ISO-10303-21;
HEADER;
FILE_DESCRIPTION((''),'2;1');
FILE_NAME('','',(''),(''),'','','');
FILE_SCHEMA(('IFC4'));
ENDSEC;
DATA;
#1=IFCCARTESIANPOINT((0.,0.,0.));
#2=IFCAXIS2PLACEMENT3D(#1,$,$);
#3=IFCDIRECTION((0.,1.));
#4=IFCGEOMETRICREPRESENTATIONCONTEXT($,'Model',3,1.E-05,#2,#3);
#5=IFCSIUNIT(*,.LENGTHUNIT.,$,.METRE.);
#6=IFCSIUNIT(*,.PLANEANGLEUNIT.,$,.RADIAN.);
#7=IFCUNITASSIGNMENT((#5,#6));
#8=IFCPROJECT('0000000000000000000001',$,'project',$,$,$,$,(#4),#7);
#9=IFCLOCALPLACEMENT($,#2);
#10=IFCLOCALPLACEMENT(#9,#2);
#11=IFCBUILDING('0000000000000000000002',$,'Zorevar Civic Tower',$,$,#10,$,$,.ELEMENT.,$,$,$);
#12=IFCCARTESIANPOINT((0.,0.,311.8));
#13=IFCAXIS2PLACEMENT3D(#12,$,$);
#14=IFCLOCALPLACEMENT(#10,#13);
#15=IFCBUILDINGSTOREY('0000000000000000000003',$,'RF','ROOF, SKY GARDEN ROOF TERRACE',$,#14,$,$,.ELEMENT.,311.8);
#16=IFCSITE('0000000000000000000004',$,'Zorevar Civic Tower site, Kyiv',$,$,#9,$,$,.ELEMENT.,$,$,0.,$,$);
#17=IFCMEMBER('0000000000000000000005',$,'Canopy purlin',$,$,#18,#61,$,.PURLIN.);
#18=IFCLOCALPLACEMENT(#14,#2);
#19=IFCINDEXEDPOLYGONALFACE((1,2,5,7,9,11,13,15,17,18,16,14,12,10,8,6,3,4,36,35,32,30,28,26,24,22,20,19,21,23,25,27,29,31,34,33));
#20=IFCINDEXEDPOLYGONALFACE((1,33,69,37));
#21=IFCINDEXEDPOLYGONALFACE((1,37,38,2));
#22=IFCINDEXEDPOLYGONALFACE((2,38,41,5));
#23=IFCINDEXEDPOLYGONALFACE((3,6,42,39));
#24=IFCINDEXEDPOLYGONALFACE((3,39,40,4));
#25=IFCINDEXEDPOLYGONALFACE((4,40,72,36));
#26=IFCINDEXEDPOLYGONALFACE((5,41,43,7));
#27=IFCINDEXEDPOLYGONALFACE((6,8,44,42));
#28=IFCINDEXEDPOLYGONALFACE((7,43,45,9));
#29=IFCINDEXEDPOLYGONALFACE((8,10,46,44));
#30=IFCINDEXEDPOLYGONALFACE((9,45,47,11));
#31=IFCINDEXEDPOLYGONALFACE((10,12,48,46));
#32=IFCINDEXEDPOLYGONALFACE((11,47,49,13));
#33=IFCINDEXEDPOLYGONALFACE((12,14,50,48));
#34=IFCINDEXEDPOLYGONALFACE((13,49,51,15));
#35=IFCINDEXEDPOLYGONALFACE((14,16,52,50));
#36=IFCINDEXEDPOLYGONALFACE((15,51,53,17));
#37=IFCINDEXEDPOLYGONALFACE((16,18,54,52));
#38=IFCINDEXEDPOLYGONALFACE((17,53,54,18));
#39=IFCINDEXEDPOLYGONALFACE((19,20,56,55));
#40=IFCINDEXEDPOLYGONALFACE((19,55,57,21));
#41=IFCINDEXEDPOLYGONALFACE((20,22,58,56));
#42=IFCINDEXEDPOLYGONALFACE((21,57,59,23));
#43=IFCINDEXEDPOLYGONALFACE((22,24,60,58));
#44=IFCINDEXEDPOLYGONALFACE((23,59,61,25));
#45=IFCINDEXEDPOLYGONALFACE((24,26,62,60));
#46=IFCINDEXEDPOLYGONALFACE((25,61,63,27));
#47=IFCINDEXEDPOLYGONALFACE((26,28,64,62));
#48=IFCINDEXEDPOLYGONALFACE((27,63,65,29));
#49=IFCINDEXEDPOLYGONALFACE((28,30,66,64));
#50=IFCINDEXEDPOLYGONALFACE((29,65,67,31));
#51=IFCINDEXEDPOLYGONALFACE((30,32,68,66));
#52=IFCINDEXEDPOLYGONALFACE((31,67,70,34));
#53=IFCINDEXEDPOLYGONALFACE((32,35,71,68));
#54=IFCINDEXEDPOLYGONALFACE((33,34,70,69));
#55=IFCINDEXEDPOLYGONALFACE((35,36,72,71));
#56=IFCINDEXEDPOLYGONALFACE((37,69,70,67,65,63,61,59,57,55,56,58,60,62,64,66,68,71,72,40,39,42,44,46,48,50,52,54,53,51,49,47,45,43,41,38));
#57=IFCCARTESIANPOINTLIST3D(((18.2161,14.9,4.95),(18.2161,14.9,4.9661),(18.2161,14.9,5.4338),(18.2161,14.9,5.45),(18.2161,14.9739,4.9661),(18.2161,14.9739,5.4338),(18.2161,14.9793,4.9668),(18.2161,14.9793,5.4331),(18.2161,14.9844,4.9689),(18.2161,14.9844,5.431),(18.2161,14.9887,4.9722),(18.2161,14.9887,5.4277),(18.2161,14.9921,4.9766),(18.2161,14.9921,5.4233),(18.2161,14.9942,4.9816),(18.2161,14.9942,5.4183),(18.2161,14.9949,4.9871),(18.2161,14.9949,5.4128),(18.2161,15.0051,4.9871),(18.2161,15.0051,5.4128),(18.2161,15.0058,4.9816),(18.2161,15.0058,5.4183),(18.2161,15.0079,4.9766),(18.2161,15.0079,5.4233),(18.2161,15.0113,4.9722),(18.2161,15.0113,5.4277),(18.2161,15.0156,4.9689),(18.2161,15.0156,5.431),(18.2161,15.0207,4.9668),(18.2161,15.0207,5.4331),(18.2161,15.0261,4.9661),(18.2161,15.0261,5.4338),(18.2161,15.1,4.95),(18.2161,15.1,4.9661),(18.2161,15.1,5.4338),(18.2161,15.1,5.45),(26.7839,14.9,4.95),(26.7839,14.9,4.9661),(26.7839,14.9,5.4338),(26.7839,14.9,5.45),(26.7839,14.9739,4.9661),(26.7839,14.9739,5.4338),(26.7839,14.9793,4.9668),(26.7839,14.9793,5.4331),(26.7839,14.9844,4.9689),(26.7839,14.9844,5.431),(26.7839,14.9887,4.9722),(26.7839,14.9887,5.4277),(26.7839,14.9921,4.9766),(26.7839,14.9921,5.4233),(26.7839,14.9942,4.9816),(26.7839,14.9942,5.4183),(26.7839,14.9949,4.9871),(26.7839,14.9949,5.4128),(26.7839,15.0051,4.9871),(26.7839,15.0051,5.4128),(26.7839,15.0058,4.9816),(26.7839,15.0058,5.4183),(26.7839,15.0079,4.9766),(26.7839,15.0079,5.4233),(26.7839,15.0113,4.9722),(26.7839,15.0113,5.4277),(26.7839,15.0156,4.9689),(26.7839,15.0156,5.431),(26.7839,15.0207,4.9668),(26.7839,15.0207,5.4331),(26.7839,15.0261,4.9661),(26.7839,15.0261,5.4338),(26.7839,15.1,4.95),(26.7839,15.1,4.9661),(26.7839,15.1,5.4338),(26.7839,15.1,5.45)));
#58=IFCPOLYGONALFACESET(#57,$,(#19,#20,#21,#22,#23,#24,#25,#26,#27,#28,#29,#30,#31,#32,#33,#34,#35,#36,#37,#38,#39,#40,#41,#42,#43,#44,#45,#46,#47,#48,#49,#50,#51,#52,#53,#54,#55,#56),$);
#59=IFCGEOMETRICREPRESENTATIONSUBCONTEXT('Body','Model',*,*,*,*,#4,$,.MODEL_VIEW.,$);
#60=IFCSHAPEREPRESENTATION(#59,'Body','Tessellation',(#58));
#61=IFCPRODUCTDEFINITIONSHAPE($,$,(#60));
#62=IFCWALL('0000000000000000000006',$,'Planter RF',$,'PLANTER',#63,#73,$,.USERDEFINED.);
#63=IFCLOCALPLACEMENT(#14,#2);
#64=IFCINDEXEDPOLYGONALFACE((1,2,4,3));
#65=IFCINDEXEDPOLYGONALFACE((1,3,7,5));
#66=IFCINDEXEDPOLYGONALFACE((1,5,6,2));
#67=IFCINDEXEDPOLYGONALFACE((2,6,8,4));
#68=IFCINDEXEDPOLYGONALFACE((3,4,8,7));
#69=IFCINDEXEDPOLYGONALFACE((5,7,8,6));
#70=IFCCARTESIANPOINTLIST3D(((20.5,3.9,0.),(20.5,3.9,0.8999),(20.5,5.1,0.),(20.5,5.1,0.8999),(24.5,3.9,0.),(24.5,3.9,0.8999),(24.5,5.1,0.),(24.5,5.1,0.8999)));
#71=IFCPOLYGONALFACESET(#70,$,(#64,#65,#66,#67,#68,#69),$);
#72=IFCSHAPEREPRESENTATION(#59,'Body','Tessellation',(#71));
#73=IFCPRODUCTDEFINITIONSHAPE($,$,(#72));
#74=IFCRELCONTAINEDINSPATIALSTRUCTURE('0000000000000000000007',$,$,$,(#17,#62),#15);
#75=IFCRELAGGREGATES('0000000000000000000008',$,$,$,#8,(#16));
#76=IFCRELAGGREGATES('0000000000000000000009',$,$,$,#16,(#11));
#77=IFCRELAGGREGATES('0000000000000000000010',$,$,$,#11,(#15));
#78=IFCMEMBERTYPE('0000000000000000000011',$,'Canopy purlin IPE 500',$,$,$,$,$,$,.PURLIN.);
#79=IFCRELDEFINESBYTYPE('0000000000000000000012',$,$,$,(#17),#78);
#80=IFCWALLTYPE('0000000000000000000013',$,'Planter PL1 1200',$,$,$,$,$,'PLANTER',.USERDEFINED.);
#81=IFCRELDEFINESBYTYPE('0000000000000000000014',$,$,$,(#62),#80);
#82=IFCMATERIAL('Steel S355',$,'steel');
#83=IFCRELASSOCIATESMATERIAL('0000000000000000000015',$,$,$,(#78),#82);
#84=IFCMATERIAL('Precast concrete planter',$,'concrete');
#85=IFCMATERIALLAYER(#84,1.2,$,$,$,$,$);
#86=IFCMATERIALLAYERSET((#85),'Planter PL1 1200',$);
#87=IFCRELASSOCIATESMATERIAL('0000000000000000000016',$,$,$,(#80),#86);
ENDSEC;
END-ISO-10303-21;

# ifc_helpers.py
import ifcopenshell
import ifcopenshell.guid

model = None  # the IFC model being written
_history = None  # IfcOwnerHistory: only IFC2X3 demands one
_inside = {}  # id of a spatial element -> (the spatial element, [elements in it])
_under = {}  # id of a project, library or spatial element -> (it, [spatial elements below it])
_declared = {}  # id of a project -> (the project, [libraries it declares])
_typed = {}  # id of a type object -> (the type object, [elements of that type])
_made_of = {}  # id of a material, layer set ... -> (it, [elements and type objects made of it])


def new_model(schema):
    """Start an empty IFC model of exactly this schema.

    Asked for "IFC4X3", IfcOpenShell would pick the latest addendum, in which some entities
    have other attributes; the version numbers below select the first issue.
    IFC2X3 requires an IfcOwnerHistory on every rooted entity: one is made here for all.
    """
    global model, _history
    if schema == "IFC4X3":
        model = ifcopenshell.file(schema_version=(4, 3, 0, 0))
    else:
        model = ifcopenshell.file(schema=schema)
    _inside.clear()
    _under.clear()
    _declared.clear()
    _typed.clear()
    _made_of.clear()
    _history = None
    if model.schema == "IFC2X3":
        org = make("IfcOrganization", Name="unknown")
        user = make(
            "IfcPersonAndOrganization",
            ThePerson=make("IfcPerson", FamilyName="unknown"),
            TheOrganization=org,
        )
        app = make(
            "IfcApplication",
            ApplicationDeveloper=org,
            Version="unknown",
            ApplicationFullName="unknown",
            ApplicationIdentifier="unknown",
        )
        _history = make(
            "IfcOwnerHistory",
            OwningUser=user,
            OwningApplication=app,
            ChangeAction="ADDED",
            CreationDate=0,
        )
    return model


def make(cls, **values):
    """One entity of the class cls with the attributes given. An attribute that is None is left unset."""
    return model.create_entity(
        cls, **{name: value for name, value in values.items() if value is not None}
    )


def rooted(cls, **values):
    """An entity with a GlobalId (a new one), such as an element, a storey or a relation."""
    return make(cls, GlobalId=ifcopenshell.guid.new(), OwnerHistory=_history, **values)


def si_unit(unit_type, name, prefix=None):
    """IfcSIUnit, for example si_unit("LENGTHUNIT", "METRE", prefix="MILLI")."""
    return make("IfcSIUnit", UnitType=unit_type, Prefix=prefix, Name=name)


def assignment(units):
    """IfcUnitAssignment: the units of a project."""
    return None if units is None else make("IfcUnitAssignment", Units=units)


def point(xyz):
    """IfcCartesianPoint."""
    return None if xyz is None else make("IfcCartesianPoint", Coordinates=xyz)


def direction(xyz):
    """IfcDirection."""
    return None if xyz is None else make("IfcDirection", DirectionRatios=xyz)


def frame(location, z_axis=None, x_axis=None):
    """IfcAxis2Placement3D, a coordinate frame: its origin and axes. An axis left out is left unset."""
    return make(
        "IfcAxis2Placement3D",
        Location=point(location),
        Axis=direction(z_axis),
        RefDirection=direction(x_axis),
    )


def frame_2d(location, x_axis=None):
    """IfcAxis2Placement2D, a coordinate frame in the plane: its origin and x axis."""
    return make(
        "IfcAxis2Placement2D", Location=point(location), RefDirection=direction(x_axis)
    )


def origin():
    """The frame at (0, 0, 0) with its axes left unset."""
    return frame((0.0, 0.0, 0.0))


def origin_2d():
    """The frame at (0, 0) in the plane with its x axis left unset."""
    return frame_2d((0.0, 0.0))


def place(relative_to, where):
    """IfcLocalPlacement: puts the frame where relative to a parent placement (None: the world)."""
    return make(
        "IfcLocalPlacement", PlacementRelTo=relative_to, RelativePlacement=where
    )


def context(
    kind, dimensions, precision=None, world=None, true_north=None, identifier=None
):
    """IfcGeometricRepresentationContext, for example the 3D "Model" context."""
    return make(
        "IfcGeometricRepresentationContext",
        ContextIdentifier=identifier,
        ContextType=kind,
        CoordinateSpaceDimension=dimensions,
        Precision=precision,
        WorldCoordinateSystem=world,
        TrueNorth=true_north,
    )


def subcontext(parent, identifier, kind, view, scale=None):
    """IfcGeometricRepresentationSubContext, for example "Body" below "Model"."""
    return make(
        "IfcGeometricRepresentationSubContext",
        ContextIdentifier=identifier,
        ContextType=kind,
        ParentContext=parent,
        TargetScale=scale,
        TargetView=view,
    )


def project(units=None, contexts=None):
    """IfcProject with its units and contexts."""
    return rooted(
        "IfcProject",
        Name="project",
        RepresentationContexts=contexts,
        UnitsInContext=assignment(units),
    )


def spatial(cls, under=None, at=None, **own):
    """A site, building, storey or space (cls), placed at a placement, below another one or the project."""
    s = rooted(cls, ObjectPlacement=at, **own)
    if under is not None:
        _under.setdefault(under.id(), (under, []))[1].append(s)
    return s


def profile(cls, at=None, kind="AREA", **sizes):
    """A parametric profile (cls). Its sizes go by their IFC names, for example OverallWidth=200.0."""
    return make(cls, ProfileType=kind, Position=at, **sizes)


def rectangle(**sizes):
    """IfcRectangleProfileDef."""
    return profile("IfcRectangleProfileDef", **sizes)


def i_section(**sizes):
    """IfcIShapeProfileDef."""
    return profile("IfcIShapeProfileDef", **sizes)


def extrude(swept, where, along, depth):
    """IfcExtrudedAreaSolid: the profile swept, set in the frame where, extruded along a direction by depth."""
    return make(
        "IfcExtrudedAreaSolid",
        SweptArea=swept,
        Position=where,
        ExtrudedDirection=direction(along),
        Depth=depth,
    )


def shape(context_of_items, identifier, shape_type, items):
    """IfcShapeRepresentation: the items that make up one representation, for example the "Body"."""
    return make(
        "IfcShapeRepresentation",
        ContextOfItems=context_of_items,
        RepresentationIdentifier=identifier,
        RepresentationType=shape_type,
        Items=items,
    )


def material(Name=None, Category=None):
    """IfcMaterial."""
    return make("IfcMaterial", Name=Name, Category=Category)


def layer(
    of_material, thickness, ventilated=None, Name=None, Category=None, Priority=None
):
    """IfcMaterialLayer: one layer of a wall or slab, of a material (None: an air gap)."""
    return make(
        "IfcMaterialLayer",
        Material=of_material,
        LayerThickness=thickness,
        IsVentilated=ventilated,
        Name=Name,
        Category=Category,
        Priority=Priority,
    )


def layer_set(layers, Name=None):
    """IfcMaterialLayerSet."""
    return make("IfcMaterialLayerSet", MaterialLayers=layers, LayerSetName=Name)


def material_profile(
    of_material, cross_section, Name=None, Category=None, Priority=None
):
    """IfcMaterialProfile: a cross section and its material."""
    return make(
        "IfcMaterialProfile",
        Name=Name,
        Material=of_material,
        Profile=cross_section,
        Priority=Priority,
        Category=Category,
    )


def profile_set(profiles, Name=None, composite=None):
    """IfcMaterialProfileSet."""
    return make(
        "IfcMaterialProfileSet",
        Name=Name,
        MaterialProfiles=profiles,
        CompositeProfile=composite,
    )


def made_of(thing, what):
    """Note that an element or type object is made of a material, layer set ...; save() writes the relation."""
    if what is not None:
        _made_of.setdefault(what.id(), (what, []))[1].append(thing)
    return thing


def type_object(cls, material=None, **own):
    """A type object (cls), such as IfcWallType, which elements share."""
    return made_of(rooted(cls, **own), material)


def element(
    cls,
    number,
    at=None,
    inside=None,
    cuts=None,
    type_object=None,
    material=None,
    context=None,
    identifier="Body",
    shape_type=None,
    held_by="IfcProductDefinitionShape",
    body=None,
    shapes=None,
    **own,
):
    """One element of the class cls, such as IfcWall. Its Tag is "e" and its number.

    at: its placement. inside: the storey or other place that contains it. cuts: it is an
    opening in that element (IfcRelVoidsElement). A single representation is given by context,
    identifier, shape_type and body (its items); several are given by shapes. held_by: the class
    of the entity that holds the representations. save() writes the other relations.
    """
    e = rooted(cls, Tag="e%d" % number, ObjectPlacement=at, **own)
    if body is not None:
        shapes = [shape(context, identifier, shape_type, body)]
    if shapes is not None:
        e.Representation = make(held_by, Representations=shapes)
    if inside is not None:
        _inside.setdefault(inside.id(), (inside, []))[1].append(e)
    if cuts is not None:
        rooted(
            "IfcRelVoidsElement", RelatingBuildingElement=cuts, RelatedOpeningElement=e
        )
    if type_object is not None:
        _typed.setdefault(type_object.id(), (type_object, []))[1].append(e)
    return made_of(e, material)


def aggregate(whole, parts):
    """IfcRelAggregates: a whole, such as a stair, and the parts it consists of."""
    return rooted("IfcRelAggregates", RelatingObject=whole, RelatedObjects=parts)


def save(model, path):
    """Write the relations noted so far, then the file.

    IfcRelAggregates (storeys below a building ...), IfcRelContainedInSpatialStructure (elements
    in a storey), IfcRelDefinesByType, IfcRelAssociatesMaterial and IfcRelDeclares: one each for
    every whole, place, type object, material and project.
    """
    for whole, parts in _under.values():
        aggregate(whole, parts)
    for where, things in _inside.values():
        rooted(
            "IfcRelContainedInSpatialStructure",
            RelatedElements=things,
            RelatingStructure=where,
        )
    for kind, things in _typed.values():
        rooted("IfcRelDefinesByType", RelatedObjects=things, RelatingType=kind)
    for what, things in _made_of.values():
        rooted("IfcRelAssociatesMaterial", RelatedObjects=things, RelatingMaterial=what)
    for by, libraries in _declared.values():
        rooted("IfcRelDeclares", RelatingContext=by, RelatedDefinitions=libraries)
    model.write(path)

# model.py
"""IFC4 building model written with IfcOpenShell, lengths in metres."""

from ifc_helpers import new_model, si_unit, direction, frame, frame_2d, origin, origin_2d, place, context, subcontext, project, spatial, rectangle, i_section, extrude, material, layer, layer_set, material_profile, profile_set, type_object, element, save


model = new_model("IFC4")

# Units and contexts
model_context = context("Model", 3, precision=1e-05, world=origin(), true_north=direction((0.0, 1.0)))
body_context = subcontext(model_context, "Body", "Model", "MODEL_VIEW")
ifc_project = project(units=[si_unit("LENGTHUNIT", "METRE"), si_unit("PLANEANGLEUNIT", "RADIAN")], contexts=[model_context])

# Site, building, storey
site_placement = place(None, origin())
site = spatial("IfcSite", under=ifc_project, at=site_placement, Name="Zorevar Civic Tower site, Kyiv", CompositionType="ELEMENT", RefElevation=0.0)
building_placement = place(site_placement, origin())
building = spatial("IfcBuilding", under=site, at=building_placement, Name="Zorevar Civic Tower", CompositionType="ELEMENT")
storey_placement = place(building_placement, frame((0.0, 0.0, 311.8)))
storey = spatial("IfcBuildingStorey", under=building, at=storey_placement, Name="RF", Description="ROOF, SKY GARDEN ROOF TERRACE", CompositionType="ELEMENT", Elevation=311.8)

# Member
ifc_material_1 = material(Name="Steel S355", Category="steel")
ifc_material_profile_1 = material_profile(ifc_material_1, i_section(OverallWidth=0.2, OverallDepth=0.5, WebThickness=0.0103, FlangeThickness=0.0161, FilletRadius=0.021, at=origin_2d()), Name="IPE 500")
ifc_profile_set_1 = profile_set([ifc_material_profile_1], Name="Steel S355")
member_type_1 = type_object("IfcMemberType", Name="Canopy purlin IPE 500", PredefinedType="PURLIN", material=ifc_profile_set_1)
for number, where, z_axis, x_axis, name in (
    (1, (18.2161, 15.0, 5.2), (1.0, 0.0, 0.0), (0.0, 1.0, 0.0), "Canopy purlin"),
):
    element("IfcMember", number, at=place(storey_placement, frame(where, z_axis=z_axis, x_axis=x_axis)), inside=storey, type_object=member_type_1, Name=name, PredefinedType="PURLIN", context=body_context, shape_type="SweptSolid", body=[
        extrude(i_section(OverallWidth=0.2, OverallDepth=0.5, WebThickness=0.0103, FlangeThickness=0.0161, FilletRadius=0.021, at=origin_2d()), origin(), (0.0, 0.0, 1.0), 8.5679),
    ])

# Wall
ifc_material_2 = material(Name="Precast concrete planter", Category="concrete")
ifc_layer_1 = layer(ifc_material_2, 1.2)
ifc_layer_set_1 = layer_set([ifc_layer_1], Name="Planter PL1 1200")
wall_type_1 = type_object("IfcWallType", Name="Planter PL1 1200", ElementType="PLANTER", PredefinedType="USERDEFINED", material=ifc_layer_set_1)
wall_1_placement = place(storey_placement, frame((20.5, 4.5, 0.0), z_axis=(0.0, 0.0, 1.0), x_axis=(1.0, 0.0, 0.0)))
element("IfcWall", 2, at=wall_1_placement, inside=storey, type_object=wall_type_1, Name="Planter RF", ObjectType="PLANTER", PredefinedType="USERDEFINED", context=body_context, shape_type="SweptSolid", body=[
    extrude(rectangle(XDim=4.0, YDim=1.2, at=frame_2d((2.0, 0.0))), origin(), (0.0, 0.0, 1.0), 0.8999),
])

save(model, "model.ifc")
